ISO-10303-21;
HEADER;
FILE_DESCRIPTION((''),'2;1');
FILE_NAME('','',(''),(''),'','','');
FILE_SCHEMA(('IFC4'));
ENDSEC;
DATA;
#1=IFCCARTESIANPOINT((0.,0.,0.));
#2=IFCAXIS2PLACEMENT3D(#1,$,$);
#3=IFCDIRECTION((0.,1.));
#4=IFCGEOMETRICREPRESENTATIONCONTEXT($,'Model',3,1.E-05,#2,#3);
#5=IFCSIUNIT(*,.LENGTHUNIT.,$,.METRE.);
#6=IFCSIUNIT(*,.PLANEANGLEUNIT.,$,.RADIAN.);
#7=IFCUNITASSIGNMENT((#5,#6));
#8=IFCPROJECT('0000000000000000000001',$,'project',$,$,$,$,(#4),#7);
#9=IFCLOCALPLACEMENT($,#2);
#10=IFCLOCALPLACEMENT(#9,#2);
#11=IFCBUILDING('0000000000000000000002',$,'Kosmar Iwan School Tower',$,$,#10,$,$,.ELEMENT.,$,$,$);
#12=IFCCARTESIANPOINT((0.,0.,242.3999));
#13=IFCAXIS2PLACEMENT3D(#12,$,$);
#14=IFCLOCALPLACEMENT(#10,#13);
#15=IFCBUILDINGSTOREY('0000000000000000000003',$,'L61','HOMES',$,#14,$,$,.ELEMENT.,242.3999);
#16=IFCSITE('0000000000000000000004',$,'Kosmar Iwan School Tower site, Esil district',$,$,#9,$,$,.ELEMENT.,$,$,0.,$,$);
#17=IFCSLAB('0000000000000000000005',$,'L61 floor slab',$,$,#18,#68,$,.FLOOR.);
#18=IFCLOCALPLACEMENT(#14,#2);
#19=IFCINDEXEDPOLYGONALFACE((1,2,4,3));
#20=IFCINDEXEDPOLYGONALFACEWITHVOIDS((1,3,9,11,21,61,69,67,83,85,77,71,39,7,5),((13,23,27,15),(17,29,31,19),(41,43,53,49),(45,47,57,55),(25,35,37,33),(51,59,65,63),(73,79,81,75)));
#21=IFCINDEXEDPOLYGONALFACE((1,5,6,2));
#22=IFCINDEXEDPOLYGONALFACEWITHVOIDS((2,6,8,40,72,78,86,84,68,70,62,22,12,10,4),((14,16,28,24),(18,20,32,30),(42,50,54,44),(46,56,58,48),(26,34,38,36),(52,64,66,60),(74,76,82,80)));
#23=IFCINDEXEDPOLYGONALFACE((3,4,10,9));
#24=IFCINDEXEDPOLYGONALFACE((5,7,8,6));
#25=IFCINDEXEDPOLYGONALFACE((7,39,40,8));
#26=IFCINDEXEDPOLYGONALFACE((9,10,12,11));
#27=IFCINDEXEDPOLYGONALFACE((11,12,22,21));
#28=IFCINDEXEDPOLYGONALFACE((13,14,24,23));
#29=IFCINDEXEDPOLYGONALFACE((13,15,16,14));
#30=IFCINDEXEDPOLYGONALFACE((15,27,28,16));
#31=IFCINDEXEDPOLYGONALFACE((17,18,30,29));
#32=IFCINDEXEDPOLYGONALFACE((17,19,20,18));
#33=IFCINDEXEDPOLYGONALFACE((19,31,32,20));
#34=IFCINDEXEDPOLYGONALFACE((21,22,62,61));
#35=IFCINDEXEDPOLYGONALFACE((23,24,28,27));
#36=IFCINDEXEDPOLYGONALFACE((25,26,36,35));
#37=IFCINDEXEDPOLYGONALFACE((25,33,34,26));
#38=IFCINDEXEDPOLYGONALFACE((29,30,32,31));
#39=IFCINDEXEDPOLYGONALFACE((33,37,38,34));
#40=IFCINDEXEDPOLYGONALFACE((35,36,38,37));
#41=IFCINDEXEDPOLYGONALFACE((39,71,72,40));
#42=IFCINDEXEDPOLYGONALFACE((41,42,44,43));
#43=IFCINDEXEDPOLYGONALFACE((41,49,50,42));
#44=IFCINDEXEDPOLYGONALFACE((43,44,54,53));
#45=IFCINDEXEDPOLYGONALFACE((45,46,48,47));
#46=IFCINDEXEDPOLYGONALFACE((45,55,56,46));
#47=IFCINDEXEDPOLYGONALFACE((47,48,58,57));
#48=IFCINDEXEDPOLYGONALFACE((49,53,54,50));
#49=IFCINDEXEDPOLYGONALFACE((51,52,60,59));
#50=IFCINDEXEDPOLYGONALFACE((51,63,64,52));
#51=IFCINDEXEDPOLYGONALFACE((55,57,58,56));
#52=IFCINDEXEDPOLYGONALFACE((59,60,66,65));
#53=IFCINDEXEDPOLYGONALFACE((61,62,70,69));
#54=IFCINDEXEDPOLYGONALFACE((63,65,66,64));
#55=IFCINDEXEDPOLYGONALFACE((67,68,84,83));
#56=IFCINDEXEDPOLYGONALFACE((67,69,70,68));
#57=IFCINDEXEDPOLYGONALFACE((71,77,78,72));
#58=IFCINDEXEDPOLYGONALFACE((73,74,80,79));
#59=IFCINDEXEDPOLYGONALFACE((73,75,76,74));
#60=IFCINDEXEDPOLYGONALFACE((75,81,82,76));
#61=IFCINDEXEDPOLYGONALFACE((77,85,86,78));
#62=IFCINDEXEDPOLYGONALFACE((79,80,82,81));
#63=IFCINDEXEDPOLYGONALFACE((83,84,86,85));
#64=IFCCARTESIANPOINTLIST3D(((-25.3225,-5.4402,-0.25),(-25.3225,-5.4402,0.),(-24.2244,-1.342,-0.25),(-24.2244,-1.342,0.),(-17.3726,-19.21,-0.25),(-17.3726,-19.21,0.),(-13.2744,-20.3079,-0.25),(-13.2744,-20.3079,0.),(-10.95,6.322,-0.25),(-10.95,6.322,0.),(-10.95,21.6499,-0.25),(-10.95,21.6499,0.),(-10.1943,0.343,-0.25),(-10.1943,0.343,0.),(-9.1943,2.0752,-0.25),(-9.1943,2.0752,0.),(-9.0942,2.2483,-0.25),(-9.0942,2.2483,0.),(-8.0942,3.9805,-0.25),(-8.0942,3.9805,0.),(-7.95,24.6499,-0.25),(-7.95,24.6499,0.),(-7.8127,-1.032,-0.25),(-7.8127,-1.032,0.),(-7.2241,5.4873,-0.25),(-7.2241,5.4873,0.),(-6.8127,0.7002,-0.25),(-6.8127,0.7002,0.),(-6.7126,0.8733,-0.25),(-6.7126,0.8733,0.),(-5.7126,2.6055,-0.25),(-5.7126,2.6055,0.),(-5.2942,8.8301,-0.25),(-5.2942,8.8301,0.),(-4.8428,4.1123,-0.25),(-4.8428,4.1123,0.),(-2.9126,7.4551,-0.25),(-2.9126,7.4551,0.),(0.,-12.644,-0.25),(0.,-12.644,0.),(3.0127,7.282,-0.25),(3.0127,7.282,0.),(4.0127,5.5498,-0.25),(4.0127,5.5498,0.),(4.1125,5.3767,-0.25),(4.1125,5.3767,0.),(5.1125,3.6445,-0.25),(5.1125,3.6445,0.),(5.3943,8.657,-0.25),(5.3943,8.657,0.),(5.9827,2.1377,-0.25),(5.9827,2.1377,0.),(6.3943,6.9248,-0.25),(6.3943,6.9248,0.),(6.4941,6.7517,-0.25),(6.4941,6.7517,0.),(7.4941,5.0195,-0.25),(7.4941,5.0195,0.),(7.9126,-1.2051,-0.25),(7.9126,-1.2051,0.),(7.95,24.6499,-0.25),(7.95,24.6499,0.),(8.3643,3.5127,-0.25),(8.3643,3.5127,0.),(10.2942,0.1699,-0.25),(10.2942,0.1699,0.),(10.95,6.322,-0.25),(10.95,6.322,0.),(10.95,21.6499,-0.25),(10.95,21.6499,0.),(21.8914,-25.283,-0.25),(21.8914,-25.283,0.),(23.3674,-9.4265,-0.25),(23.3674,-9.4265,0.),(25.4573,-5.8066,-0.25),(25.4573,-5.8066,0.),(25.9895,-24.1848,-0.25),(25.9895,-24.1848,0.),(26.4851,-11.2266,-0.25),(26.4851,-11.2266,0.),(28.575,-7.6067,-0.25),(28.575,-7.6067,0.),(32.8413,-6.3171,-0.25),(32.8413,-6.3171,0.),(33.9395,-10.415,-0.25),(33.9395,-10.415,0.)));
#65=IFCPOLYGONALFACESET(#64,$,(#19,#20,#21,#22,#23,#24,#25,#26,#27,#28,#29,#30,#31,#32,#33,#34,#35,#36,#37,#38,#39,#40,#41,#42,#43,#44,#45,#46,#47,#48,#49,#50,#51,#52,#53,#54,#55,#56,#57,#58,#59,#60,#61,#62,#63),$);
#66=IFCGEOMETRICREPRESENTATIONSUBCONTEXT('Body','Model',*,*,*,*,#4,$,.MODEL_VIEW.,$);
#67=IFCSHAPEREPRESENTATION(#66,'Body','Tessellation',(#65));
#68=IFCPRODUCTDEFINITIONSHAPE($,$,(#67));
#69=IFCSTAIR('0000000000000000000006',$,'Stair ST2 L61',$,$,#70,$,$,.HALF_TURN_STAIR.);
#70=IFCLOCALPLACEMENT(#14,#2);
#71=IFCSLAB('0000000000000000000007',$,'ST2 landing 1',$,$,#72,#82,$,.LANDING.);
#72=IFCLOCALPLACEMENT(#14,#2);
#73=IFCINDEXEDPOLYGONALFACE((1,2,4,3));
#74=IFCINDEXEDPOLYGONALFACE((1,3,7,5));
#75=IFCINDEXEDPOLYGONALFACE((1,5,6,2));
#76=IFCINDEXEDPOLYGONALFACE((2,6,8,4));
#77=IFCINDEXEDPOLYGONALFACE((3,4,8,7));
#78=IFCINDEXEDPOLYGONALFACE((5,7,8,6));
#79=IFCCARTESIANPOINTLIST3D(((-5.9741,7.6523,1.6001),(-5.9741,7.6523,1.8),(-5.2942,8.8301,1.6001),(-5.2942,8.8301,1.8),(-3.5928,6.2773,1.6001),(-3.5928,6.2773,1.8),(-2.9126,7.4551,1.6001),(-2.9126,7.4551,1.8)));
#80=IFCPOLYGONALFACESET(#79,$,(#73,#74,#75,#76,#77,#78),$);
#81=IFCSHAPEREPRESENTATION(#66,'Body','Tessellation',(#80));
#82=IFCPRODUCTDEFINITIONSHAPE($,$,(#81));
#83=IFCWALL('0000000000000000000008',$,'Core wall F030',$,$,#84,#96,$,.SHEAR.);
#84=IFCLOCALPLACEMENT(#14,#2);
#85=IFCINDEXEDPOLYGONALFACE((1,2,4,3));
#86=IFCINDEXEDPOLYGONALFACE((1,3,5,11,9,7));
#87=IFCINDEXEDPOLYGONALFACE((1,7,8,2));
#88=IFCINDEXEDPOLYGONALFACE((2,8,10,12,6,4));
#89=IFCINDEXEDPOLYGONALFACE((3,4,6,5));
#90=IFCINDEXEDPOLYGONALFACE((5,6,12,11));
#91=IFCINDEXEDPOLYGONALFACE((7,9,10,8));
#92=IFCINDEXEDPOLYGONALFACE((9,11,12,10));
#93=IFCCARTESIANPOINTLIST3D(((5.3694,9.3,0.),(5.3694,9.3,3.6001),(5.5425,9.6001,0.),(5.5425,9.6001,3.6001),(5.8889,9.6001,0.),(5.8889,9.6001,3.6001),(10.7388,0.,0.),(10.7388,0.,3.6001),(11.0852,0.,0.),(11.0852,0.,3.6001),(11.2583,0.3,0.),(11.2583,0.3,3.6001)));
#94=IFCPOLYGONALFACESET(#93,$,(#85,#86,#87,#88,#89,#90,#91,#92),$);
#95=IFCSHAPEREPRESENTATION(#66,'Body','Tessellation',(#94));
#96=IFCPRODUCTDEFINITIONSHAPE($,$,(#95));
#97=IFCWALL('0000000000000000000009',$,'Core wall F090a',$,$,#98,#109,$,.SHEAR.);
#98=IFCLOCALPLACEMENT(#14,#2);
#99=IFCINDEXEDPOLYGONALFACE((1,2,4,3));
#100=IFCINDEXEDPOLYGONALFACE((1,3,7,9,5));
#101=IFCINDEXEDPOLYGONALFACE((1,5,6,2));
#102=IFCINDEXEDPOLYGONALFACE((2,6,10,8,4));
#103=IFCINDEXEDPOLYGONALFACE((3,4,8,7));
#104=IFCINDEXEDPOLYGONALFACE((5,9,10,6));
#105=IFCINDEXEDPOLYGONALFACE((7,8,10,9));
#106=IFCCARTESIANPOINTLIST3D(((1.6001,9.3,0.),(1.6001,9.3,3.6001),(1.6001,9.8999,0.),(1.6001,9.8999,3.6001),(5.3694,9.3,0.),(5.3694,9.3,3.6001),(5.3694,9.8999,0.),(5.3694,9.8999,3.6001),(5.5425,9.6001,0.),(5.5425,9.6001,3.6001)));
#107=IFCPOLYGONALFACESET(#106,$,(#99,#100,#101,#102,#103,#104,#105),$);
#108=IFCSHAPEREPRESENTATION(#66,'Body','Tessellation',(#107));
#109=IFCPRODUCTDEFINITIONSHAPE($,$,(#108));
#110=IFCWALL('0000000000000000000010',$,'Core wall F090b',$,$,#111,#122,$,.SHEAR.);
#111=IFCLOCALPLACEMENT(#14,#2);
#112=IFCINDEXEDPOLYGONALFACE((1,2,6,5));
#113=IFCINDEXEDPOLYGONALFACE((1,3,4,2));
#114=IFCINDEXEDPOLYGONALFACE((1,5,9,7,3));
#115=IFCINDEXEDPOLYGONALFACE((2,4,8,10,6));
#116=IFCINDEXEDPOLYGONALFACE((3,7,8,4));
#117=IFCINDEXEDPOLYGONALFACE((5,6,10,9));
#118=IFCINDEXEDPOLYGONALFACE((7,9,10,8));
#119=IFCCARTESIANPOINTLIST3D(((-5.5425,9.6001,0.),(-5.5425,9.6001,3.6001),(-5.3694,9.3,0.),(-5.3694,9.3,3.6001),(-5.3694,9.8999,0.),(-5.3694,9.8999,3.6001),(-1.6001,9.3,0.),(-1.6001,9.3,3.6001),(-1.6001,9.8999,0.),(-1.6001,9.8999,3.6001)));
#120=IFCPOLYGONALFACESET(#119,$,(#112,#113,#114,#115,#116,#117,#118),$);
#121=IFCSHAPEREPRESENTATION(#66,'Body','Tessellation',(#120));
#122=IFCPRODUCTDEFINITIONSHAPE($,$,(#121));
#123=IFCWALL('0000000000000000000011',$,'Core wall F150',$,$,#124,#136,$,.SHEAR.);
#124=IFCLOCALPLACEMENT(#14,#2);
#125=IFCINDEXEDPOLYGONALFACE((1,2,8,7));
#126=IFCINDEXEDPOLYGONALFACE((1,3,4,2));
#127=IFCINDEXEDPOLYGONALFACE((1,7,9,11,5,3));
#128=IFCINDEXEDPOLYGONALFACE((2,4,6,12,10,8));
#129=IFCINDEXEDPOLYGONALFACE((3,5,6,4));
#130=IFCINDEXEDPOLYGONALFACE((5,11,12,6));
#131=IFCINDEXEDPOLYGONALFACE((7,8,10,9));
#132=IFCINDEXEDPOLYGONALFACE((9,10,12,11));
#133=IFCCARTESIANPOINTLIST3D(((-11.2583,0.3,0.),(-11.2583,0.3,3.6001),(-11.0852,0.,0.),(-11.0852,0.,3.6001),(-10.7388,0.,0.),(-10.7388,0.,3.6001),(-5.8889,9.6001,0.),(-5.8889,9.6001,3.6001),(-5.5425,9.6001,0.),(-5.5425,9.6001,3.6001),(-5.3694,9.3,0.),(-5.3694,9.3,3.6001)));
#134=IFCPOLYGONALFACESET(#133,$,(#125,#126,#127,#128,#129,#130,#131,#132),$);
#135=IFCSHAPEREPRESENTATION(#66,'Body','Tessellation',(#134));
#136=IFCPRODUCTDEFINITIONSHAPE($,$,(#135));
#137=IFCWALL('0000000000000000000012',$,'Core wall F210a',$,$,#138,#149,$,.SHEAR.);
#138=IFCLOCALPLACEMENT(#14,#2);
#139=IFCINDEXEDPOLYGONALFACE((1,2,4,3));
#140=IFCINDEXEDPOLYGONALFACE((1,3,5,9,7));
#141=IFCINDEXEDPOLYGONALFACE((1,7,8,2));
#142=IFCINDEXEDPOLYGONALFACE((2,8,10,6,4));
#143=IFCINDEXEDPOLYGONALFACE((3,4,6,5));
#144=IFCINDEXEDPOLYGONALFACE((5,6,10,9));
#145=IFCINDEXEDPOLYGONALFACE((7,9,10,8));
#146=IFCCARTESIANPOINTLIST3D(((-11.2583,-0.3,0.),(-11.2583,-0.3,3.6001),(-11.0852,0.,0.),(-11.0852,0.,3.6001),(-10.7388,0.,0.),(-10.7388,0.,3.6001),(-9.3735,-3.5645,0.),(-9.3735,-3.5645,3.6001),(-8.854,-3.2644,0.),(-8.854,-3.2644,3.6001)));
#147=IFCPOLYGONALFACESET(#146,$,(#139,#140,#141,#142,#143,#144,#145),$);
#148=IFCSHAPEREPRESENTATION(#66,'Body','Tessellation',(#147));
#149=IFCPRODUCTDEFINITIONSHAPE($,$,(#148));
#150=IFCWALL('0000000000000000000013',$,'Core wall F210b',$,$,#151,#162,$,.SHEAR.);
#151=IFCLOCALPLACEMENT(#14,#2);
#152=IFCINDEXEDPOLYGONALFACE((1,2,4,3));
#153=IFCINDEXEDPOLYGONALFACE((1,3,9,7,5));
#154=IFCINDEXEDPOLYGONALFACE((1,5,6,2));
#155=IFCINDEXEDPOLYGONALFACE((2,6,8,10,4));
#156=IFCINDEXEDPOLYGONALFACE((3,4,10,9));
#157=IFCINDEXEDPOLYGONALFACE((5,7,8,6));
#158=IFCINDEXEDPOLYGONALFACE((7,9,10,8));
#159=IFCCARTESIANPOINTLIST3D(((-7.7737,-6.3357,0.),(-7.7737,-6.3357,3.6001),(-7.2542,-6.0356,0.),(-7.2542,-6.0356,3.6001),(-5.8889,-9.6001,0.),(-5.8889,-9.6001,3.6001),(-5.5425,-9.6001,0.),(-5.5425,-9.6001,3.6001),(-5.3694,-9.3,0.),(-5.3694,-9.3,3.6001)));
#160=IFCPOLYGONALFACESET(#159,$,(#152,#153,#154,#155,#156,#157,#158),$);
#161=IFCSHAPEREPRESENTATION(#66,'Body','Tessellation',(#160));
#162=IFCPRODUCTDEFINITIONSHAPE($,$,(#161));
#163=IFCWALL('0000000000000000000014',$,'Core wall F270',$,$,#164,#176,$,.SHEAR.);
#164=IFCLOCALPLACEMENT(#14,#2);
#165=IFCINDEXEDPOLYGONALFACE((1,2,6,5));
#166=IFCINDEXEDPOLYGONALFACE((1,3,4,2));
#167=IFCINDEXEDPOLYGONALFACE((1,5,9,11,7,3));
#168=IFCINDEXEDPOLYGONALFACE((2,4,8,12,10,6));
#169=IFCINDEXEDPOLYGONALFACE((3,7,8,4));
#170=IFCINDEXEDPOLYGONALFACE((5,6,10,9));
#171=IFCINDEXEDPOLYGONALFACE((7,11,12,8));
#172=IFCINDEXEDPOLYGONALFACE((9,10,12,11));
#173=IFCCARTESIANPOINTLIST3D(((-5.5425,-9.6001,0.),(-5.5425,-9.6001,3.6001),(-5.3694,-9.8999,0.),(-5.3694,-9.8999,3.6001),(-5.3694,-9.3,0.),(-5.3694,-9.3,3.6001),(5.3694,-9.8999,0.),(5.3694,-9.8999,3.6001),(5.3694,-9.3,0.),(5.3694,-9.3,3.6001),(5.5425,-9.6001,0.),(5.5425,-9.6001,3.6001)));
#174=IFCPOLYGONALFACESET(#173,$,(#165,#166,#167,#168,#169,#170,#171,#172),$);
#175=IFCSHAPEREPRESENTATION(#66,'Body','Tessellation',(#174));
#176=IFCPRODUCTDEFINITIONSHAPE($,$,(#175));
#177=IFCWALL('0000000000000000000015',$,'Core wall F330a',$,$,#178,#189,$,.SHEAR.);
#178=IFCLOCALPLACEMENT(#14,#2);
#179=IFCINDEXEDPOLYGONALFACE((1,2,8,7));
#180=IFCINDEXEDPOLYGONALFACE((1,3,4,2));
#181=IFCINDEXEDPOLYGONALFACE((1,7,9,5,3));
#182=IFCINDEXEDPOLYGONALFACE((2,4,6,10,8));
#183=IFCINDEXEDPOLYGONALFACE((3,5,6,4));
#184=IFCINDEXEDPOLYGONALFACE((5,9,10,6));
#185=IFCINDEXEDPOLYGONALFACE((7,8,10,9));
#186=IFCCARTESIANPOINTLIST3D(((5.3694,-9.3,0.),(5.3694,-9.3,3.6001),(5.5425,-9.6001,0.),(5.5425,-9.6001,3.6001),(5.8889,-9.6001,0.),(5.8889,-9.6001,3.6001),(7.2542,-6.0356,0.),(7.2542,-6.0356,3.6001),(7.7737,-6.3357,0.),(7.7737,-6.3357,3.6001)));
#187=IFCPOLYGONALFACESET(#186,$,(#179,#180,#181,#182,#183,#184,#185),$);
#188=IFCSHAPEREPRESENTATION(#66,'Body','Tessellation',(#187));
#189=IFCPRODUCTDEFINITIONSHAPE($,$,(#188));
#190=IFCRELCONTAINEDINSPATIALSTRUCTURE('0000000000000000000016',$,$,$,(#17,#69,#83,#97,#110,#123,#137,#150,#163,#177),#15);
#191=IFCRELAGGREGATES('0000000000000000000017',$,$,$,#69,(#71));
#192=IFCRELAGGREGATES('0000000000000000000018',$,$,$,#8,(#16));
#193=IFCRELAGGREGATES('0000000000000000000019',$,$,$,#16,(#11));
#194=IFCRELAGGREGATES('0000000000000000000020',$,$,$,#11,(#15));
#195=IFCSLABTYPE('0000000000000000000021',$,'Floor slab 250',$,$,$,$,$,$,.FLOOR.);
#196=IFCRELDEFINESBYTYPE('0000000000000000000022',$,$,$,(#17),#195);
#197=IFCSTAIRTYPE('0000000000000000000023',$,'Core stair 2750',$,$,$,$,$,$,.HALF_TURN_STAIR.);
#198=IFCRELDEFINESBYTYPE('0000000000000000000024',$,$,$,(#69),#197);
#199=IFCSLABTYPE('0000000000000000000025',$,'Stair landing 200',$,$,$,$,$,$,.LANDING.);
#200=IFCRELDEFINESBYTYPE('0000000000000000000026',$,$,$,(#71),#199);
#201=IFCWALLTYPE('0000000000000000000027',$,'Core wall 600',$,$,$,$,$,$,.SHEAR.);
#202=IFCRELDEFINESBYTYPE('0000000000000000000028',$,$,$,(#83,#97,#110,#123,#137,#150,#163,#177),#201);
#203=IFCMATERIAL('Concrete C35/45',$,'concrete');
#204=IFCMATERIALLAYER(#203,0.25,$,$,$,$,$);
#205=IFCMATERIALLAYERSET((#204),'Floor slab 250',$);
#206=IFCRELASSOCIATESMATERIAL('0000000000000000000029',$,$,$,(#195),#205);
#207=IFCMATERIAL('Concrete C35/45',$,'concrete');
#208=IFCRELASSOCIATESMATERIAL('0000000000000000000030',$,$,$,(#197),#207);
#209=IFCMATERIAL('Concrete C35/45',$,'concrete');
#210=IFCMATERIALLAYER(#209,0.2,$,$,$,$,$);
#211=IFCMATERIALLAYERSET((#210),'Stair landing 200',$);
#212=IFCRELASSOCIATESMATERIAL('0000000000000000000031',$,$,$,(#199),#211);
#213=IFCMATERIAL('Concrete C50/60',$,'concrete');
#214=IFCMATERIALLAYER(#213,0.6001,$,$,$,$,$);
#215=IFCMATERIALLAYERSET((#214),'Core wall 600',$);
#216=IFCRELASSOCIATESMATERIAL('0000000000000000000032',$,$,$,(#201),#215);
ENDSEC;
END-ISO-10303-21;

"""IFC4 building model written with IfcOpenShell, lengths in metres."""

from ifc_helpers import new_model, si_unit, direction, frame, origin, place, context, subcontext, project, spatial, polyline, outline, extrude, material, layer, layer_set, type_object, element, aggregate, save


model = new_model("IFC4")

# Units and contexts
model_context = context("Model", 3, precision=1e-05, world=origin(), true_north=direction((0.0, 1.0)))
body_context = subcontext(model_context, "Body", "Model", "MODEL_VIEW")
ifc_project = project(units=[si_unit("LENGTHUNIT", "METRE"), si_unit("PLANEANGLEUNIT", "RADIAN")], contexts=[model_context])

# Site, building, storey
site_placement = place(None, origin())
site = spatial("IfcSite", under=ifc_project, at=site_placement, Name="Kosmar Iwan School Tower site, Esil district", CompositionType="ELEMENT", RefElevation=0.0)
building_placement = place(site_placement, origin())
building = spatial("IfcBuilding", under=site, at=building_placement, Name="Kosmar Iwan School Tower", CompositionType="ELEMENT")
storey_placement = place(building_placement, frame((0.0, 0.0, 242.3999)))
storey = spatial("IfcBuildingStorey", under=building, at=storey_placement, Name="L61", Description="HOMES", CompositionType="ELEMENT", Elevation=242.3999)

# Slab
ifc_material_1 = material(Name="Concrete C35/45", Category="concrete")
ifc_layer_1 = layer(ifc_material_1, 0.25)
ifc_layer_set_1 = layer_set([ifc_layer_1], Name="Floor slab 250")
slab_type_1 = type_object("IfcSlabType", Name="Floor slab 250", PredefinedType="FLOOR", material=ifc_layer_set_1)
slab_1_placement = place(storey_placement, frame((0.0, 0.0, -0.25)))
element("IfcSlab", 1, at=slab_1_placement, inside=storey, type_object=slab_type_1, Name="L61 floor slab", PredefinedType="FLOOR", context=body_context, shape_type="SweptSolid", body=[
    extrude(outline(polyline([(21.8914, -25.283), (25.9895, -24.1848), (33.9395, -10.415), (32.8413, -6.3171), (10.95, 6.322), (10.95, 21.6499), (7.95, 24.6499), (-7.95, 24.6499), (-10.95, 21.6499), (-10.95, 6.322), (-24.2244, -1.342), (-25.3225, -5.4402), (-17.3726, -19.21), (-13.2744, -20.3079), (0.0, -12.644), (21.8914, -25.283)]), holes=[polyline([(7.9126, -1.2051), (10.2942, 0.1699), (8.3643, 3.5127), (5.9827, 2.1377), (7.9126, -1.2051)]), polyline([(-2.9126, 7.4551), (-5.2942, 8.8301), (-7.2241, 5.4873), (-4.8428, 4.1123), (-2.9126, 7.4551)]), polyline([(-5.7126, 2.6055), (-8.0942, 3.9805), (-9.0942, 2.2483), (-6.7126, 0.8733), (-5.7126, 2.6055)]), polyline([(-6.8127, 0.7002), (-9.1943, 2.0752), (-10.1943, 0.343), (-7.8127, -1.032), (-6.8127, 0.7002)]), polyline([(5.1125, 3.6445), (7.4941, 5.0195), (6.4941, 6.7517), (4.1125, 5.3767), (5.1125, 3.6445)]), polyline([(4.0127, 5.5498), (6.3943, 6.9248), (5.3943, 8.657), (3.0127, 7.282), (4.0127, 5.5498)]), polyline([(23.3674, -9.4265), (26.4851, -11.2266), (28.575, -7.6067), (25.4573, -5.8066), (23.3674, -9.4265)])]), origin(), (0.0, 0.0, 1.0), 0.25),
])

# Stair, slab
ifc_material_2 = material(Name="Concrete C35/45", Category="concrete")
stair_type = type_object("IfcStairType", Name="Core stair 2750", PredefinedType="HALF_TURN_STAIR", material=ifc_material_2)
stair_placement = place(storey_placement, origin())
stair = element("IfcStair", 2, at=stair_placement, inside=storey, type_object=stair_type, Name="Stair ST2 L61", PredefinedType="HALF_TURN_STAIR")
ifc_material_3 = material(Name="Concrete C35/45", Category="concrete")
ifc_layer_2 = layer(ifc_material_3, 0.2)
ifc_layer_set_2 = layer_set([ifc_layer_2], Name="Stair landing 200")
slab_type_2 = type_object("IfcSlabType", Name="Stair landing 200", PredefinedType="LANDING", material=ifc_layer_set_2)
slab_2_placement = place(storey_placement, frame((0.0, 0.0, 1.6001)))
slab_2 = element("IfcSlab", 3, at=slab_2_placement, type_object=slab_type_2, Name="ST2 landing 1", PredefinedType="LANDING", context=body_context, shape_type="SweptSolid", body=[
    extrude(outline(polyline([(-2.9126, 7.4551), (-5.2942, 8.8301), (-5.9741, 7.6523), (-3.5928, 6.2773), (-2.9126, 7.4551)])), origin(), (0.0, 0.0, 1.0), 0.2),
])
aggregate(stair, [slab_2])

# Walls
ifc_material_4 = material(Name="Concrete C50/60", Category="concrete")
ifc_layer_3 = layer(ifc_material_4, 0.6001)
ifc_layer_set_3 = layer_set([ifc_layer_3], Name="Core wall 600")
wall_type = type_object("IfcWallType", Name="Core wall 600", PredefinedType="SHEAR", material=ifc_layer_set_3)
wall_1_placement = place(storey_placement, origin())
element("IfcWall", 4, at=wall_1_placement, inside=storey, type_object=wall_type, Name="Core wall F030", PredefinedType="SHEAR", context=body_context, shape_type="SweptSolid", body=[
    extrude(outline(polyline([(10.7388, 0.0), (11.0852, 0.0), (11.2583, 0.3), (5.8889, 9.6001), (5.5425, 9.6001), (5.3694, 9.3), (10.7388, 0.0)])), origin(), (0.0, 0.0, 1.0), 3.6001),
])
wall_2_placement = place(storey_placement, origin())
element("IfcWall", 5, at=wall_2_placement, inside=storey, type_object=wall_type, Name="Core wall F090a", PredefinedType="SHEAR", context=body_context, shape_type="SweptSolid", body=[
    extrude(outline(polyline([(1.6001, 9.3), (5.3694, 9.3), (5.5425, 9.6001), (5.3694, 9.8999), (1.6001, 9.8999), (1.6001, 9.3)])), origin(), (0.0, 0.0, 1.0), 3.6001),
])
wall_3_placement = place(storey_placement, origin())
element("IfcWall", 6, at=wall_3_placement, inside=storey, type_object=wall_type, Name="Core wall F090b", PredefinedType="SHEAR", context=body_context, shape_type="SweptSolid", body=[
    extrude(outline(polyline([(-5.3694, 9.3), (-1.6001, 9.3), (-1.6001, 9.8999), (-5.3694, 9.8999), (-5.5425, 9.6001), (-5.3694, 9.3)])), origin(), (0.0, 0.0, 1.0), 3.6001),
])
wall_4_placement = place(storey_placement, origin())
element("IfcWall", 7, at=wall_4_placement, inside=storey, type_object=wall_type, Name="Core wall F150", PredefinedType="SHEAR", context=body_context, shape_type="SweptSolid", body=[
    extrude(outline(polyline([(-11.0852, 0.0), (-10.7388, 0.0), (-5.3694, 9.3), (-5.5425, 9.6001), (-5.8889, 9.6001), (-11.2583, 0.3), (-11.0852, 0.0)])), origin(), (0.0, 0.0, 1.0), 3.6001),
])
wall_5_placement = place(storey_placement, origin())
element("IfcWall", 8, at=wall_5_placement, inside=storey, type_object=wall_type, Name="Core wall F210a", PredefinedType="SHEAR", context=body_context, shape_type="SweptSolid", body=[
    extrude(outline(polyline([(-9.3735, -3.5645), (-8.854, -3.2644), (-10.7388, 0.0), (-11.0852, 0.0), (-11.2583, -0.3), (-9.3735, -3.5645)])), origin(), (0.0, 0.0, 1.0), 3.6001),
])
wall_6_placement = place(storey_placement, origin())
element("IfcWall", 9, at=wall_6_placement, inside=storey, type_object=wall_type, Name="Core wall F210b", PredefinedType="SHEAR", context=body_context, shape_type="SweptSolid", body=[
    extrude(outline(polyline([(-5.8889, -9.6001), (-5.5425, -9.6001), (-5.3694, -9.3), (-7.2542, -6.0356), (-7.7737, -6.3357), (-5.8889, -9.6001)])), origin(), (0.0, 0.0, 1.0), 3.6001),
])
wall_7_placement = place(storey_placement, origin())
element("IfcWall", 10, at=wall_7_placement, inside=storey, type_object=wall_type, Name="Core wall F270", PredefinedType="SHEAR", context=body_context, shape_type="SweptSolid", body=[
    extrude(outline(polyline([(-5.3694, -9.8999), (5.3694, -9.8999), (5.5425, -9.6001), (5.3694, -9.3), (-5.3694, -9.3), (-5.5425, -9.6001), (-5.3694, -9.8999)])), origin(), (0.0, 0.0, 1.0), 3.6001),
])
wall_8_placement = place(storey_placement, origin())
element("IfcWall", 11, at=wall_8_placement, inside=storey, type_object=wall_type, Name="Core wall F330a", PredefinedType="SHEAR", context=body_context, shape_type="SweptSolid", body=[
    extrude(outline(polyline([(5.5425, -9.6001), (5.8889, -9.6001), (7.7737, -6.3357), (7.2542, -6.0356), (5.3694, -9.3), (5.5425, -9.6001)])), origin(), (0.0, 0.0, 1.0), 3.6001),
])

save(model, "model.ifc")
